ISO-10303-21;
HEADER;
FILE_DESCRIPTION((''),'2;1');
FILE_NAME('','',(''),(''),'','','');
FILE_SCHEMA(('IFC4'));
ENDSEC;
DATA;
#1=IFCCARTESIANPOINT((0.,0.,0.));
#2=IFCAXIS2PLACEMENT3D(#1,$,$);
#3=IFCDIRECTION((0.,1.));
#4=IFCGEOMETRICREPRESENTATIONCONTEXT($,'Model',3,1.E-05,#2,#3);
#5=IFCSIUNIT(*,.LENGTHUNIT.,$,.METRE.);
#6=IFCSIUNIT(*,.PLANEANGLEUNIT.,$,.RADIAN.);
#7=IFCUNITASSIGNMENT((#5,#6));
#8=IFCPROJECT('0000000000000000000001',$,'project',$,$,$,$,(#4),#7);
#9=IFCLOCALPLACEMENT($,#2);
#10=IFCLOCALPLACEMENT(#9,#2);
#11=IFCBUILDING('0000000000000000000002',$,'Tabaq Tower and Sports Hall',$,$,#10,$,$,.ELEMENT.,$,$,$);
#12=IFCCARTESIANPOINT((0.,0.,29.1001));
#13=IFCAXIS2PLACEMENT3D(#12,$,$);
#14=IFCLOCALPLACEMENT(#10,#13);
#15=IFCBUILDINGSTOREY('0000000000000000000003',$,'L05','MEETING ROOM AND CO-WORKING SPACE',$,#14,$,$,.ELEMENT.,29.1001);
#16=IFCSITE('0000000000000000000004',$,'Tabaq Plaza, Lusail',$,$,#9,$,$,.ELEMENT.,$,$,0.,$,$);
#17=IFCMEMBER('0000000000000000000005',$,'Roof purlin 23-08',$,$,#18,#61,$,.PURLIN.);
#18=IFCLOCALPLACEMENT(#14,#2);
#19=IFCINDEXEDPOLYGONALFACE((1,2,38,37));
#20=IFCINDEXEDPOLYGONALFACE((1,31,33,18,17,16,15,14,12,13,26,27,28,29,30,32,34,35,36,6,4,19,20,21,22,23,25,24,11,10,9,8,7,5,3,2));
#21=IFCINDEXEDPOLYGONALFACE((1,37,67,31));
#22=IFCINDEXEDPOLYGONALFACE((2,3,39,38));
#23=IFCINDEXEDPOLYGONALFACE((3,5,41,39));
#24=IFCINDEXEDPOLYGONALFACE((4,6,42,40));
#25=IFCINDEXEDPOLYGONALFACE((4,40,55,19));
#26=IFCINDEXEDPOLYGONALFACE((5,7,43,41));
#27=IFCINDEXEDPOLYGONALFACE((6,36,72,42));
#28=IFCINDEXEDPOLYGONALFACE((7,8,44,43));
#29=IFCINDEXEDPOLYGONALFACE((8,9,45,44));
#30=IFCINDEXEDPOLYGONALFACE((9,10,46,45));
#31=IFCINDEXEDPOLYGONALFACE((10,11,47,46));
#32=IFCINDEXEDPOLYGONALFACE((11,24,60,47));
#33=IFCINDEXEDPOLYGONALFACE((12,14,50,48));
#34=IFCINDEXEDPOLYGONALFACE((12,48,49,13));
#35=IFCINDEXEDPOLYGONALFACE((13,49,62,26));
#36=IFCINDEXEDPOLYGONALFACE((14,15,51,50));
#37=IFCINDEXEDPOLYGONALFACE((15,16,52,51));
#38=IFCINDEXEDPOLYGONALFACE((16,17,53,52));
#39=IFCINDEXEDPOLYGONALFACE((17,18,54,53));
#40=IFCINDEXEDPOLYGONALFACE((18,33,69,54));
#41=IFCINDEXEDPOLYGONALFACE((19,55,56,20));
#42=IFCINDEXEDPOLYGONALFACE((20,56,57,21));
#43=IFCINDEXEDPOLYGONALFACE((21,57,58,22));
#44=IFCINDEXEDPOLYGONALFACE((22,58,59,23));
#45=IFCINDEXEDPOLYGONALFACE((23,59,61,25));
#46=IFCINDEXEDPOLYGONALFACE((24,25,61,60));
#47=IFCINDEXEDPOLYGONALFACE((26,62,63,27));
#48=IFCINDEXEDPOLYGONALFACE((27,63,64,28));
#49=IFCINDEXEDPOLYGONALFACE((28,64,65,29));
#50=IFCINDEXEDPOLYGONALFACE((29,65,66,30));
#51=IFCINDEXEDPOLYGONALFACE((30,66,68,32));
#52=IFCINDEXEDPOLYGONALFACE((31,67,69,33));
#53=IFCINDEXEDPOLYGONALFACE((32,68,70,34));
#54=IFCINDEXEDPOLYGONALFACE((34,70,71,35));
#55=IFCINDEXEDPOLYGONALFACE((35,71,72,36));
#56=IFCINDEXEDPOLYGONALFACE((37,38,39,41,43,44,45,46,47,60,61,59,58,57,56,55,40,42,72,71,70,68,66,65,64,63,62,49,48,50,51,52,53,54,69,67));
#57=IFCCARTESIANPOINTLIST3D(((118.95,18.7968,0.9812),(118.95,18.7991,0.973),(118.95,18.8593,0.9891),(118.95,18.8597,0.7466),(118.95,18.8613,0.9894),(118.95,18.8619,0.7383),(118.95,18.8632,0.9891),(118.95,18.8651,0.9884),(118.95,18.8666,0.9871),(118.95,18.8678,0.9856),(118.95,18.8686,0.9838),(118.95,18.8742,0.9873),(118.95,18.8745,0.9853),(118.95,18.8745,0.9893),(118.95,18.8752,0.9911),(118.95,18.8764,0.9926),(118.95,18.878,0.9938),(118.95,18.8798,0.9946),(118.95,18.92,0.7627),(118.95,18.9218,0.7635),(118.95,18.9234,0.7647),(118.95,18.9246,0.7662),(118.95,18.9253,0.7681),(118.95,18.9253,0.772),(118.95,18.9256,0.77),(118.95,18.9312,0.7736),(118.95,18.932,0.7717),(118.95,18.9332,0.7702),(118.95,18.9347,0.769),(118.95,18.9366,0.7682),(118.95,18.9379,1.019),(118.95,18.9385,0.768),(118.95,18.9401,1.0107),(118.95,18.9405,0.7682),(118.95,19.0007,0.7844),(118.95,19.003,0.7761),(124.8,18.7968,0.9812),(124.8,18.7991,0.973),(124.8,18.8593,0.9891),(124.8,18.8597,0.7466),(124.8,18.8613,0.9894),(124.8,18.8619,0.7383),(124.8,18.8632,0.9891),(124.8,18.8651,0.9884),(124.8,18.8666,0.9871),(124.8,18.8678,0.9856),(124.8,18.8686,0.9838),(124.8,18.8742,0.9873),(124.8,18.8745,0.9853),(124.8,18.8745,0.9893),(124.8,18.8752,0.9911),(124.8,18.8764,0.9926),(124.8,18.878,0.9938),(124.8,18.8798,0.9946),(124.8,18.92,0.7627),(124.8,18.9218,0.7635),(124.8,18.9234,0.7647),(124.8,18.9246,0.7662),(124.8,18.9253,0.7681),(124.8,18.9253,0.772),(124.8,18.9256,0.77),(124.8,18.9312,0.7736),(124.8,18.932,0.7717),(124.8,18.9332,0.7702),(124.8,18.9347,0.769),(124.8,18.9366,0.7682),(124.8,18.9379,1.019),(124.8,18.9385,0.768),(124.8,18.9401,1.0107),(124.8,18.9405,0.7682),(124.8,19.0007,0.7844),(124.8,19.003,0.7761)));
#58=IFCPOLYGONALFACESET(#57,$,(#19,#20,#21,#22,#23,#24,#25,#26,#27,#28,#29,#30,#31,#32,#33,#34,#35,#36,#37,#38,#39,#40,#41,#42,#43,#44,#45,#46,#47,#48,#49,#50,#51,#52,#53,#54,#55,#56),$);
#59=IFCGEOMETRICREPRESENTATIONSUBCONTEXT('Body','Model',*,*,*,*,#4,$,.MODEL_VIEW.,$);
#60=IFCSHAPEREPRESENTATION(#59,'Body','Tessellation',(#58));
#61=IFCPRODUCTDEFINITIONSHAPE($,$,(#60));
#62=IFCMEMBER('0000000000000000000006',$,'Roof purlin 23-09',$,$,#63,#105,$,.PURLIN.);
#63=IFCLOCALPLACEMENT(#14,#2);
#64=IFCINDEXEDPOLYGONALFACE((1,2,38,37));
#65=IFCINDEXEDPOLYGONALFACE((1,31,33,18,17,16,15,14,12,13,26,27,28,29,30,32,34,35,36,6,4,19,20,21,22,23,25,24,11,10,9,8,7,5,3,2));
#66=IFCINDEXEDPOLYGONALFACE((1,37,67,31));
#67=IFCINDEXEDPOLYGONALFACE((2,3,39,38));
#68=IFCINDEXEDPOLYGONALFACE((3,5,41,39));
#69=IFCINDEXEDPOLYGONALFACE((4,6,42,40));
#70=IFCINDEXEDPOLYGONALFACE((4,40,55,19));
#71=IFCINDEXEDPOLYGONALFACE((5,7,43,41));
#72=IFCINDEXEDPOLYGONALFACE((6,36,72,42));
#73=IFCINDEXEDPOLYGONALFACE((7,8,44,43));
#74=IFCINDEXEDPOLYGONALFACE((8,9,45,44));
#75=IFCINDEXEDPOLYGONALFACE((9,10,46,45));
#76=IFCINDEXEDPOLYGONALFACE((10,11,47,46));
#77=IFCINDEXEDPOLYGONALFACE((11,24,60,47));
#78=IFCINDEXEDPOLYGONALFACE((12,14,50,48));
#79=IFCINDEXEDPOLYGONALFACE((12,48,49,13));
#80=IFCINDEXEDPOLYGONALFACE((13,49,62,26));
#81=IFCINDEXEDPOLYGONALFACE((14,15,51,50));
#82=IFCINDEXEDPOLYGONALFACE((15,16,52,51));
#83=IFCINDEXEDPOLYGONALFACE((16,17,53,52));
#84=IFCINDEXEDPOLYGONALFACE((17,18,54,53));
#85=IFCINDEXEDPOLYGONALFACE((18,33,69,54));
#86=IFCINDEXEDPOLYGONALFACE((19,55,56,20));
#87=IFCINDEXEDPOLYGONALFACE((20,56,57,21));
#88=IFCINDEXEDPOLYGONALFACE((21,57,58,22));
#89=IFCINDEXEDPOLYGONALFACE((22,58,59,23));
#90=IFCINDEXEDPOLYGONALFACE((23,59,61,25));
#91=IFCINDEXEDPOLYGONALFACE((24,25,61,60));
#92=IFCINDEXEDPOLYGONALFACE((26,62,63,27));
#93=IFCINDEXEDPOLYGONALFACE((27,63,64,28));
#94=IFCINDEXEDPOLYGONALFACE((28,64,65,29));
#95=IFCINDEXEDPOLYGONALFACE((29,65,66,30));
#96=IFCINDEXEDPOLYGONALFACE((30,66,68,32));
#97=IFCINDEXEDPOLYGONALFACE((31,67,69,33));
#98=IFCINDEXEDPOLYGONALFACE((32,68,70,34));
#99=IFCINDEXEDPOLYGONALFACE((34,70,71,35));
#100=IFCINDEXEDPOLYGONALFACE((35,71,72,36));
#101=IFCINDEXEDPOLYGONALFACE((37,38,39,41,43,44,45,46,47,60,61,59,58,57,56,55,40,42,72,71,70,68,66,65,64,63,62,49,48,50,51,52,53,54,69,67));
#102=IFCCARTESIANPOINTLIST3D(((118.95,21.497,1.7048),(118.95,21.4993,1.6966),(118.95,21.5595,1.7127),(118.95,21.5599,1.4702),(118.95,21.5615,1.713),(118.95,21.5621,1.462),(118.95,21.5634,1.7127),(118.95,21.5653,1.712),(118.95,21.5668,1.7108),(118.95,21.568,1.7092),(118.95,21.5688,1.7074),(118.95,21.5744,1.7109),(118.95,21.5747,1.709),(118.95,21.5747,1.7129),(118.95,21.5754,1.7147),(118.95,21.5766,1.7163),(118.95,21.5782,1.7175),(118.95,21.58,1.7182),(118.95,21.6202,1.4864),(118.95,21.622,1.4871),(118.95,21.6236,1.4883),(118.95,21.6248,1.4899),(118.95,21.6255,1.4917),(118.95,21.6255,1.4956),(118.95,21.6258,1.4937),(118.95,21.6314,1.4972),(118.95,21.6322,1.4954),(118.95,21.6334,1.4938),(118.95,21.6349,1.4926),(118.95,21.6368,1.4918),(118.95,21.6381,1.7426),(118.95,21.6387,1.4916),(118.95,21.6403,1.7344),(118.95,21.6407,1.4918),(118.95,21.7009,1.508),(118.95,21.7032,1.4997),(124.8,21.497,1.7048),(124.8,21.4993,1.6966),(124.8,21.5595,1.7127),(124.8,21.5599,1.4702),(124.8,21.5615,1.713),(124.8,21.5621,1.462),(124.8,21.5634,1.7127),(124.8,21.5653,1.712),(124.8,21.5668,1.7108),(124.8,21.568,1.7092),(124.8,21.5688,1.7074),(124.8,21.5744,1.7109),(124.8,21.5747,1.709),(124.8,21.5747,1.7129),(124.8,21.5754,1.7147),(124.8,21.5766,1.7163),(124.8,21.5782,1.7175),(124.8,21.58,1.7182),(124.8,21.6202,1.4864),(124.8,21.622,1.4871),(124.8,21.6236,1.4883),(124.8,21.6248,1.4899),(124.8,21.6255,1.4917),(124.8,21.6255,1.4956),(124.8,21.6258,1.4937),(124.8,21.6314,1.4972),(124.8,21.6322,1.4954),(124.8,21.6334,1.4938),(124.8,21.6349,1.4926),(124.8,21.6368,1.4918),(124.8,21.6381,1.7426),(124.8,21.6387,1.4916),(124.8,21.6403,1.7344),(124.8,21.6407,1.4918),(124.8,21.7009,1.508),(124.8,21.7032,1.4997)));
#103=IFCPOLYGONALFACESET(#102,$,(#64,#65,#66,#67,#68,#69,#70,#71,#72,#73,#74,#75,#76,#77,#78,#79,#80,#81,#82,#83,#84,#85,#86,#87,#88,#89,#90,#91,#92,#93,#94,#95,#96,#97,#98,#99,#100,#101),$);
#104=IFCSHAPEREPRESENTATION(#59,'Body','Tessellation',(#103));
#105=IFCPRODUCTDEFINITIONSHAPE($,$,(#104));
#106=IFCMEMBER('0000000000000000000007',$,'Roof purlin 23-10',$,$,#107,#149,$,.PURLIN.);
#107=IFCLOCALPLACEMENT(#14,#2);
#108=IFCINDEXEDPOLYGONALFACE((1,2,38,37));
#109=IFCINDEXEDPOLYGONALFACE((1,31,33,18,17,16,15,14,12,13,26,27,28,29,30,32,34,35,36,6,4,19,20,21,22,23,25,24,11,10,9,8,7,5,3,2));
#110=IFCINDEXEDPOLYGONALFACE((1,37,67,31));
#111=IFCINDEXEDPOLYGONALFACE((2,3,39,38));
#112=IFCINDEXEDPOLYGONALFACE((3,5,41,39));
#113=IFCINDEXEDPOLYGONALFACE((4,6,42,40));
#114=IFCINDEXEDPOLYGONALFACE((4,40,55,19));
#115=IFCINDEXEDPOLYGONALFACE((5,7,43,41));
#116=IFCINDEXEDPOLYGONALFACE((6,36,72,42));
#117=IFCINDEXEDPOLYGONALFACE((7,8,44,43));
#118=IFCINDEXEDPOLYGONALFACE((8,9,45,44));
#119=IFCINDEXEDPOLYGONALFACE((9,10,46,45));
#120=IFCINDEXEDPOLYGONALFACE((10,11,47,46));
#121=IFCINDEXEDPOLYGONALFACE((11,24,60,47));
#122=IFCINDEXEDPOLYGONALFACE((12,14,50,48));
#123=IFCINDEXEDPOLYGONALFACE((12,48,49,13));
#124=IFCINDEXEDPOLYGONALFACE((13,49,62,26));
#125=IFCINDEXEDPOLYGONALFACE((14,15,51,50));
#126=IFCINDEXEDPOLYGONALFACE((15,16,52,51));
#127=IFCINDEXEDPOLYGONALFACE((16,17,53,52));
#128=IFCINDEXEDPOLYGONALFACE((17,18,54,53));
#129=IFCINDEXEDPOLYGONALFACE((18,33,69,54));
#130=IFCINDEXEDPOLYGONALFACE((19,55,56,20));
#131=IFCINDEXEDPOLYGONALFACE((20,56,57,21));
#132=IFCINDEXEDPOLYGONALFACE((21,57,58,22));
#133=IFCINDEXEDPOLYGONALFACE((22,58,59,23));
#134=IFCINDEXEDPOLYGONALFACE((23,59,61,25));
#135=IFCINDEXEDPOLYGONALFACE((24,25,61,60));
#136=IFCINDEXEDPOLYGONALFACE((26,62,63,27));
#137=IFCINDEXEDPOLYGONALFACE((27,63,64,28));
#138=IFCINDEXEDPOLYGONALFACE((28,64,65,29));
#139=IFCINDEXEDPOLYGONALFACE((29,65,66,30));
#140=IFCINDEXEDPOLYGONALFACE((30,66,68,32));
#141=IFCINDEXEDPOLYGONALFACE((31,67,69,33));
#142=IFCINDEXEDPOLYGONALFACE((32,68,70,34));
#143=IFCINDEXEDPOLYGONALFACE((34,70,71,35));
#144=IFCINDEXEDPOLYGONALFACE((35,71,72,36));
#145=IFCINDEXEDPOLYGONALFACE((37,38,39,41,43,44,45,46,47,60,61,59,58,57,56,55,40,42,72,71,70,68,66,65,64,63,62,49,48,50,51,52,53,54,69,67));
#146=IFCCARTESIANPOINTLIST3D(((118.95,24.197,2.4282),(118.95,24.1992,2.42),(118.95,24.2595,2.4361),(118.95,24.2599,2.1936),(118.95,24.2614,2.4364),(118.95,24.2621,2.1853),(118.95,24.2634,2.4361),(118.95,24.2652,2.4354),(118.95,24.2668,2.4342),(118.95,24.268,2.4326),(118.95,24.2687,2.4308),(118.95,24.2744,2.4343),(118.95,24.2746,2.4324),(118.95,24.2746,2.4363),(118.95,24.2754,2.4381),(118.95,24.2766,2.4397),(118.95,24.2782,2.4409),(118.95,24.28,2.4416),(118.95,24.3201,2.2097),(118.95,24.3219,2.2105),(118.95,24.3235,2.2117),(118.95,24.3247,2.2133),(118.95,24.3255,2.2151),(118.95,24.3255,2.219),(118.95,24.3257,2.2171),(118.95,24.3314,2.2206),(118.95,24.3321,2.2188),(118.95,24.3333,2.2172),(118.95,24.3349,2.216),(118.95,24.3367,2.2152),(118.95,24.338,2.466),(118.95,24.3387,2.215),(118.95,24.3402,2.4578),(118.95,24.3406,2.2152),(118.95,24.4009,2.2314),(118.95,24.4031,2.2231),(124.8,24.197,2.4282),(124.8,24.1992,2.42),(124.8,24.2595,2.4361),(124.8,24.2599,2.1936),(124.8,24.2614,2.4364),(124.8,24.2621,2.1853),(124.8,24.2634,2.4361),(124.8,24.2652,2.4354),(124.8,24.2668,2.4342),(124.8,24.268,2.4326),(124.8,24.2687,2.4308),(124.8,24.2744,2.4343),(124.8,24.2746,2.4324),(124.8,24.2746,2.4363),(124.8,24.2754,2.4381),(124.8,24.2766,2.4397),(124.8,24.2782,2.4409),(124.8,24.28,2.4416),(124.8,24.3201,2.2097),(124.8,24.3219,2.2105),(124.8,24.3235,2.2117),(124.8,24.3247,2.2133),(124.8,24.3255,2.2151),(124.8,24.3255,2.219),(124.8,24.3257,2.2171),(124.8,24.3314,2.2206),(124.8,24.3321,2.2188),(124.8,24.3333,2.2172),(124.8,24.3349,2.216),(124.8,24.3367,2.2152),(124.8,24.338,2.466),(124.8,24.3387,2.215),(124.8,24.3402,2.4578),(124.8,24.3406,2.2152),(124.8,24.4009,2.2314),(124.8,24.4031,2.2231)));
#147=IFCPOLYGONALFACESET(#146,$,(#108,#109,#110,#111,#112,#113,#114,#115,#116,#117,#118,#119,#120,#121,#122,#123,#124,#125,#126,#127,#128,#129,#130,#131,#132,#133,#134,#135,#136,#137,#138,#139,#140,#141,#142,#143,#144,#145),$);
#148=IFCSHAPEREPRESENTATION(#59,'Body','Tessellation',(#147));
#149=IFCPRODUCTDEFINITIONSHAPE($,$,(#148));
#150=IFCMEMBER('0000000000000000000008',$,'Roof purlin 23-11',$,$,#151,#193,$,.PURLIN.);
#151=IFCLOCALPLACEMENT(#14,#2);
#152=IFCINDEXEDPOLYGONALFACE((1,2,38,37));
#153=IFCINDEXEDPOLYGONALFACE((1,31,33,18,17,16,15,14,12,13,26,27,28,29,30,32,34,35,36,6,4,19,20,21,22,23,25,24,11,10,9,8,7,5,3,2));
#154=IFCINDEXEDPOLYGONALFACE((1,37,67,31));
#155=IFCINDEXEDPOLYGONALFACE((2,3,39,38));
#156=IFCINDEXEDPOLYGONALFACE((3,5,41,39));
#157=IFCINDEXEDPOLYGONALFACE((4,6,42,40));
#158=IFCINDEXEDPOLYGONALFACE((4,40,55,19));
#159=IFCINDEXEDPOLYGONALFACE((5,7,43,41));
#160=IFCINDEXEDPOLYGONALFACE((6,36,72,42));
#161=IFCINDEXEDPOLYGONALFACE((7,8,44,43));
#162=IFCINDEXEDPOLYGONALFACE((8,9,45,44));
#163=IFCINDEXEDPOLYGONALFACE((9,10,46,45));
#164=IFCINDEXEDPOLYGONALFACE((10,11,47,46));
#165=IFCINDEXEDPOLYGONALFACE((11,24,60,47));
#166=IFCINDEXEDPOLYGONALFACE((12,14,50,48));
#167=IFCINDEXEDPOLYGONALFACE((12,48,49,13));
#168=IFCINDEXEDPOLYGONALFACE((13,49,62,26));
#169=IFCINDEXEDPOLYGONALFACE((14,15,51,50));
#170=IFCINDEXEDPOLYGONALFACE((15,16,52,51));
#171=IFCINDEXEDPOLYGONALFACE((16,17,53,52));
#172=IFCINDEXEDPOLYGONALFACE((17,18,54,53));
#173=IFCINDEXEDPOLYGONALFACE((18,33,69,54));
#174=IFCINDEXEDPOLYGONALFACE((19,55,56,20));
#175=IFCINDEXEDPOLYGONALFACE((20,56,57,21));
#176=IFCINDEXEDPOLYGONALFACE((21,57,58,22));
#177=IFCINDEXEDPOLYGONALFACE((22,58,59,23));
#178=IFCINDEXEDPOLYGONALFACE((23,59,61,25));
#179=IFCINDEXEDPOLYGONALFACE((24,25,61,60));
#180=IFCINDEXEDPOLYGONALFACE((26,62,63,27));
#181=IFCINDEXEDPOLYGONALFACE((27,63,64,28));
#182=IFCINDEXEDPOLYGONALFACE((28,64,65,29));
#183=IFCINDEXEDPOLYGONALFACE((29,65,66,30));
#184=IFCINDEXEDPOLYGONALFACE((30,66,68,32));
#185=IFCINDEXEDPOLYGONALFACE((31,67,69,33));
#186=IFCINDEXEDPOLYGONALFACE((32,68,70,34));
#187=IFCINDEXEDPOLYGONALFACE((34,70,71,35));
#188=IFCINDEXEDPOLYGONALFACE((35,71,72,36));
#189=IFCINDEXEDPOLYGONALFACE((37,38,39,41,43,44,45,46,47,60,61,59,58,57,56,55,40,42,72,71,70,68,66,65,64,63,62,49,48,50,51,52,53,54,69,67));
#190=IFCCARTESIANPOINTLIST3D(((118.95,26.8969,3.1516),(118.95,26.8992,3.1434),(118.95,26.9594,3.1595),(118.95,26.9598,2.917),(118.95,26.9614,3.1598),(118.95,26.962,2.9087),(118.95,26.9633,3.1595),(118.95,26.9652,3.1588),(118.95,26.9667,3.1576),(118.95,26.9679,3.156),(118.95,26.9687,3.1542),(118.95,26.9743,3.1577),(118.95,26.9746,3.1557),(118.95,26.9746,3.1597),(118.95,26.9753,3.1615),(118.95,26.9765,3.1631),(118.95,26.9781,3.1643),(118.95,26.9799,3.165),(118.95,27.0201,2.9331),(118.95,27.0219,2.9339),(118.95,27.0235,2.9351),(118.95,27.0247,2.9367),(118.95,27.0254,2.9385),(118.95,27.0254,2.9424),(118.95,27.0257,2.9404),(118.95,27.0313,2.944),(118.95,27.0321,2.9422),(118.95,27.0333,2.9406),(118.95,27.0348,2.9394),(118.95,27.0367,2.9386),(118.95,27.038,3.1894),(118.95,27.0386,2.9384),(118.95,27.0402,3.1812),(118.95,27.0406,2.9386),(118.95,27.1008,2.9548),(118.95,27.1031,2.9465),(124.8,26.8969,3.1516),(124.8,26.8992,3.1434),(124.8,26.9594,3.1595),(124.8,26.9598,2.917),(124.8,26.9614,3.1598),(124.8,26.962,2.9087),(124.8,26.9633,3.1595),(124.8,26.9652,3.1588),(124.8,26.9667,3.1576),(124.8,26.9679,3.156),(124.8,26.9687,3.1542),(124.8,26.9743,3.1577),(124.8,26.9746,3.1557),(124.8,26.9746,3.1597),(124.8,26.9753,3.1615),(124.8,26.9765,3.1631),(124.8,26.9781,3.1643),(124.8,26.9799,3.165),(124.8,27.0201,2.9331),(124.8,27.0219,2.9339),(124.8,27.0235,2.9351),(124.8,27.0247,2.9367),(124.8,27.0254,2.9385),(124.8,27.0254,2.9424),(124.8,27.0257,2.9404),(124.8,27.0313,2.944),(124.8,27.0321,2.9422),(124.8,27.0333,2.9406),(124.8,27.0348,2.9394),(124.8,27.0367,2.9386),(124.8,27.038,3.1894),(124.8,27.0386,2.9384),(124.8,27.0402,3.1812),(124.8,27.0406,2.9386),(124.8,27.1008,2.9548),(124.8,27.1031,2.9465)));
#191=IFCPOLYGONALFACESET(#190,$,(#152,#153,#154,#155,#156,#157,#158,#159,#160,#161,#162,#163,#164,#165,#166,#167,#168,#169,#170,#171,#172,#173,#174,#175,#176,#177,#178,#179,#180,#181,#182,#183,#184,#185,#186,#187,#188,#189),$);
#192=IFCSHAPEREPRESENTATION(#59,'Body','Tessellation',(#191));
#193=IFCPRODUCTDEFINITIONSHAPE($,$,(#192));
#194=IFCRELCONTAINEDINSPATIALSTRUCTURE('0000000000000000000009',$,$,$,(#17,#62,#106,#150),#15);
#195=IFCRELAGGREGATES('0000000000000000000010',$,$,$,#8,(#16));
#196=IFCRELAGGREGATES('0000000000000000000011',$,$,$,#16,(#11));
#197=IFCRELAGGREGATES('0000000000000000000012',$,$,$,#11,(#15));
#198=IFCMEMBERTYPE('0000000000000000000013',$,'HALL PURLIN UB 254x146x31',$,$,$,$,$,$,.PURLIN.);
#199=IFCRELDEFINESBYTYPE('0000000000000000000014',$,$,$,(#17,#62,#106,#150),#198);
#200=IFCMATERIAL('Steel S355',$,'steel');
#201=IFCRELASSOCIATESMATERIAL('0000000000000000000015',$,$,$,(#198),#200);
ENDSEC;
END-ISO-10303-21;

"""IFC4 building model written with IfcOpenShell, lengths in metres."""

from ifc_helpers import new_model, si_unit, direction, frame, origin, origin_2d, place, context, subcontext, project, spatial, i_section, extrude, material, material_profile, profile_set, type_object, element, save


model = new_model("IFC4")

# Units and contexts
model_context = context("Model", 3, precision=1e-05, world=origin(), true_north=direction((0.0, 1.0)))
body_context = subcontext(model_context, "Body", "Model", "MODEL_VIEW")
ifc_project = project(units=[si_unit("LENGTHUNIT", "METRE"), si_unit("PLANEANGLEUNIT", "RADIAN")], contexts=[model_context])

# Site, building, storey
site_placement = place(None, origin())
site = spatial("IfcSite", under=ifc_project, at=site_placement, Name="Tabaq Plaza, Lusail", CompositionType="ELEMENT", RefElevation=0.0)
building_placement = place(site_placement, origin())
building = spatial("IfcBuilding", under=site, at=building_placement, Name="Tabaq Tower and Sports Hall", CompositionType="ELEMENT")
storey_placement = place(building_placement, frame((0.0, 0.0, 29.1001)))
storey = spatial("IfcBuildingStorey", under=building, at=storey_placement, Name="L05", Description="MEETING ROOM AND CO-WORKING SPACE", CompositionType="ELEMENT", Elevation=29.1001)

# Members
ifc_material_1 = material(Name="Steel S355", Category="steel")
ifc_material_profile_1 = material_profile(ifc_material_1, i_section(OverallWidth=0.146, OverallDepth=0.2515, WebThickness=0.0061, FlangeThickness=0.0085, FilletRadius=0.0076, at=origin_2d()), Name="UB 254x146x31")
ifc_profile_set_1 = profile_set([ifc_material_profile_1], Name="Steel S355")
member_type_1 = type_object("IfcMemberType", Name="HALL PURLIN UB 254x146x31", PredefinedType="PURLIN", material=ifc_profile_set_1)
for number, where, z_axis, x_axis, name in (
    (1, (118.95, 18.8999, 0.8787), (1.0, 0.0, 0.0), (0.0, 0.965926, 0.258819), "Roof purlin 23-08"),
    (2, (118.95, 21.6001, 1.6023), (1.0, 0.0, 0.0), (0.0, 0.965926, 0.258819), "Roof purlin 23-09"),
    (3, (118.95, 24.3, 2.3257), (1.0, 0.0, 0.0), (0.0, 0.965926, 0.258819), "Roof purlin 23-10"),
    (4, (118.95, 27.0, 3.0491), (1.0, 0.0, 0.0), (0.0, 0.965926, 0.258819), "Roof purlin 23-11"),
):
    element("IfcMember", number, at=place(storey_placement, frame(where, z_axis=z_axis, x_axis=x_axis)), inside=storey, type_object=member_type_1, Name=name, PredefinedType="PURLIN", context=body_context, shape_type="SweptSolid", body=[
        extrude(i_section(OverallWidth=0.146, OverallDepth=0.2515, WebThickness=0.0061, FlangeThickness=0.0085, FilletRadius=0.0076, at=origin_2d()), origin(), (0.0, 0.0, 1.0), 5.8501),
    ])

save(model, "model.ifc")
